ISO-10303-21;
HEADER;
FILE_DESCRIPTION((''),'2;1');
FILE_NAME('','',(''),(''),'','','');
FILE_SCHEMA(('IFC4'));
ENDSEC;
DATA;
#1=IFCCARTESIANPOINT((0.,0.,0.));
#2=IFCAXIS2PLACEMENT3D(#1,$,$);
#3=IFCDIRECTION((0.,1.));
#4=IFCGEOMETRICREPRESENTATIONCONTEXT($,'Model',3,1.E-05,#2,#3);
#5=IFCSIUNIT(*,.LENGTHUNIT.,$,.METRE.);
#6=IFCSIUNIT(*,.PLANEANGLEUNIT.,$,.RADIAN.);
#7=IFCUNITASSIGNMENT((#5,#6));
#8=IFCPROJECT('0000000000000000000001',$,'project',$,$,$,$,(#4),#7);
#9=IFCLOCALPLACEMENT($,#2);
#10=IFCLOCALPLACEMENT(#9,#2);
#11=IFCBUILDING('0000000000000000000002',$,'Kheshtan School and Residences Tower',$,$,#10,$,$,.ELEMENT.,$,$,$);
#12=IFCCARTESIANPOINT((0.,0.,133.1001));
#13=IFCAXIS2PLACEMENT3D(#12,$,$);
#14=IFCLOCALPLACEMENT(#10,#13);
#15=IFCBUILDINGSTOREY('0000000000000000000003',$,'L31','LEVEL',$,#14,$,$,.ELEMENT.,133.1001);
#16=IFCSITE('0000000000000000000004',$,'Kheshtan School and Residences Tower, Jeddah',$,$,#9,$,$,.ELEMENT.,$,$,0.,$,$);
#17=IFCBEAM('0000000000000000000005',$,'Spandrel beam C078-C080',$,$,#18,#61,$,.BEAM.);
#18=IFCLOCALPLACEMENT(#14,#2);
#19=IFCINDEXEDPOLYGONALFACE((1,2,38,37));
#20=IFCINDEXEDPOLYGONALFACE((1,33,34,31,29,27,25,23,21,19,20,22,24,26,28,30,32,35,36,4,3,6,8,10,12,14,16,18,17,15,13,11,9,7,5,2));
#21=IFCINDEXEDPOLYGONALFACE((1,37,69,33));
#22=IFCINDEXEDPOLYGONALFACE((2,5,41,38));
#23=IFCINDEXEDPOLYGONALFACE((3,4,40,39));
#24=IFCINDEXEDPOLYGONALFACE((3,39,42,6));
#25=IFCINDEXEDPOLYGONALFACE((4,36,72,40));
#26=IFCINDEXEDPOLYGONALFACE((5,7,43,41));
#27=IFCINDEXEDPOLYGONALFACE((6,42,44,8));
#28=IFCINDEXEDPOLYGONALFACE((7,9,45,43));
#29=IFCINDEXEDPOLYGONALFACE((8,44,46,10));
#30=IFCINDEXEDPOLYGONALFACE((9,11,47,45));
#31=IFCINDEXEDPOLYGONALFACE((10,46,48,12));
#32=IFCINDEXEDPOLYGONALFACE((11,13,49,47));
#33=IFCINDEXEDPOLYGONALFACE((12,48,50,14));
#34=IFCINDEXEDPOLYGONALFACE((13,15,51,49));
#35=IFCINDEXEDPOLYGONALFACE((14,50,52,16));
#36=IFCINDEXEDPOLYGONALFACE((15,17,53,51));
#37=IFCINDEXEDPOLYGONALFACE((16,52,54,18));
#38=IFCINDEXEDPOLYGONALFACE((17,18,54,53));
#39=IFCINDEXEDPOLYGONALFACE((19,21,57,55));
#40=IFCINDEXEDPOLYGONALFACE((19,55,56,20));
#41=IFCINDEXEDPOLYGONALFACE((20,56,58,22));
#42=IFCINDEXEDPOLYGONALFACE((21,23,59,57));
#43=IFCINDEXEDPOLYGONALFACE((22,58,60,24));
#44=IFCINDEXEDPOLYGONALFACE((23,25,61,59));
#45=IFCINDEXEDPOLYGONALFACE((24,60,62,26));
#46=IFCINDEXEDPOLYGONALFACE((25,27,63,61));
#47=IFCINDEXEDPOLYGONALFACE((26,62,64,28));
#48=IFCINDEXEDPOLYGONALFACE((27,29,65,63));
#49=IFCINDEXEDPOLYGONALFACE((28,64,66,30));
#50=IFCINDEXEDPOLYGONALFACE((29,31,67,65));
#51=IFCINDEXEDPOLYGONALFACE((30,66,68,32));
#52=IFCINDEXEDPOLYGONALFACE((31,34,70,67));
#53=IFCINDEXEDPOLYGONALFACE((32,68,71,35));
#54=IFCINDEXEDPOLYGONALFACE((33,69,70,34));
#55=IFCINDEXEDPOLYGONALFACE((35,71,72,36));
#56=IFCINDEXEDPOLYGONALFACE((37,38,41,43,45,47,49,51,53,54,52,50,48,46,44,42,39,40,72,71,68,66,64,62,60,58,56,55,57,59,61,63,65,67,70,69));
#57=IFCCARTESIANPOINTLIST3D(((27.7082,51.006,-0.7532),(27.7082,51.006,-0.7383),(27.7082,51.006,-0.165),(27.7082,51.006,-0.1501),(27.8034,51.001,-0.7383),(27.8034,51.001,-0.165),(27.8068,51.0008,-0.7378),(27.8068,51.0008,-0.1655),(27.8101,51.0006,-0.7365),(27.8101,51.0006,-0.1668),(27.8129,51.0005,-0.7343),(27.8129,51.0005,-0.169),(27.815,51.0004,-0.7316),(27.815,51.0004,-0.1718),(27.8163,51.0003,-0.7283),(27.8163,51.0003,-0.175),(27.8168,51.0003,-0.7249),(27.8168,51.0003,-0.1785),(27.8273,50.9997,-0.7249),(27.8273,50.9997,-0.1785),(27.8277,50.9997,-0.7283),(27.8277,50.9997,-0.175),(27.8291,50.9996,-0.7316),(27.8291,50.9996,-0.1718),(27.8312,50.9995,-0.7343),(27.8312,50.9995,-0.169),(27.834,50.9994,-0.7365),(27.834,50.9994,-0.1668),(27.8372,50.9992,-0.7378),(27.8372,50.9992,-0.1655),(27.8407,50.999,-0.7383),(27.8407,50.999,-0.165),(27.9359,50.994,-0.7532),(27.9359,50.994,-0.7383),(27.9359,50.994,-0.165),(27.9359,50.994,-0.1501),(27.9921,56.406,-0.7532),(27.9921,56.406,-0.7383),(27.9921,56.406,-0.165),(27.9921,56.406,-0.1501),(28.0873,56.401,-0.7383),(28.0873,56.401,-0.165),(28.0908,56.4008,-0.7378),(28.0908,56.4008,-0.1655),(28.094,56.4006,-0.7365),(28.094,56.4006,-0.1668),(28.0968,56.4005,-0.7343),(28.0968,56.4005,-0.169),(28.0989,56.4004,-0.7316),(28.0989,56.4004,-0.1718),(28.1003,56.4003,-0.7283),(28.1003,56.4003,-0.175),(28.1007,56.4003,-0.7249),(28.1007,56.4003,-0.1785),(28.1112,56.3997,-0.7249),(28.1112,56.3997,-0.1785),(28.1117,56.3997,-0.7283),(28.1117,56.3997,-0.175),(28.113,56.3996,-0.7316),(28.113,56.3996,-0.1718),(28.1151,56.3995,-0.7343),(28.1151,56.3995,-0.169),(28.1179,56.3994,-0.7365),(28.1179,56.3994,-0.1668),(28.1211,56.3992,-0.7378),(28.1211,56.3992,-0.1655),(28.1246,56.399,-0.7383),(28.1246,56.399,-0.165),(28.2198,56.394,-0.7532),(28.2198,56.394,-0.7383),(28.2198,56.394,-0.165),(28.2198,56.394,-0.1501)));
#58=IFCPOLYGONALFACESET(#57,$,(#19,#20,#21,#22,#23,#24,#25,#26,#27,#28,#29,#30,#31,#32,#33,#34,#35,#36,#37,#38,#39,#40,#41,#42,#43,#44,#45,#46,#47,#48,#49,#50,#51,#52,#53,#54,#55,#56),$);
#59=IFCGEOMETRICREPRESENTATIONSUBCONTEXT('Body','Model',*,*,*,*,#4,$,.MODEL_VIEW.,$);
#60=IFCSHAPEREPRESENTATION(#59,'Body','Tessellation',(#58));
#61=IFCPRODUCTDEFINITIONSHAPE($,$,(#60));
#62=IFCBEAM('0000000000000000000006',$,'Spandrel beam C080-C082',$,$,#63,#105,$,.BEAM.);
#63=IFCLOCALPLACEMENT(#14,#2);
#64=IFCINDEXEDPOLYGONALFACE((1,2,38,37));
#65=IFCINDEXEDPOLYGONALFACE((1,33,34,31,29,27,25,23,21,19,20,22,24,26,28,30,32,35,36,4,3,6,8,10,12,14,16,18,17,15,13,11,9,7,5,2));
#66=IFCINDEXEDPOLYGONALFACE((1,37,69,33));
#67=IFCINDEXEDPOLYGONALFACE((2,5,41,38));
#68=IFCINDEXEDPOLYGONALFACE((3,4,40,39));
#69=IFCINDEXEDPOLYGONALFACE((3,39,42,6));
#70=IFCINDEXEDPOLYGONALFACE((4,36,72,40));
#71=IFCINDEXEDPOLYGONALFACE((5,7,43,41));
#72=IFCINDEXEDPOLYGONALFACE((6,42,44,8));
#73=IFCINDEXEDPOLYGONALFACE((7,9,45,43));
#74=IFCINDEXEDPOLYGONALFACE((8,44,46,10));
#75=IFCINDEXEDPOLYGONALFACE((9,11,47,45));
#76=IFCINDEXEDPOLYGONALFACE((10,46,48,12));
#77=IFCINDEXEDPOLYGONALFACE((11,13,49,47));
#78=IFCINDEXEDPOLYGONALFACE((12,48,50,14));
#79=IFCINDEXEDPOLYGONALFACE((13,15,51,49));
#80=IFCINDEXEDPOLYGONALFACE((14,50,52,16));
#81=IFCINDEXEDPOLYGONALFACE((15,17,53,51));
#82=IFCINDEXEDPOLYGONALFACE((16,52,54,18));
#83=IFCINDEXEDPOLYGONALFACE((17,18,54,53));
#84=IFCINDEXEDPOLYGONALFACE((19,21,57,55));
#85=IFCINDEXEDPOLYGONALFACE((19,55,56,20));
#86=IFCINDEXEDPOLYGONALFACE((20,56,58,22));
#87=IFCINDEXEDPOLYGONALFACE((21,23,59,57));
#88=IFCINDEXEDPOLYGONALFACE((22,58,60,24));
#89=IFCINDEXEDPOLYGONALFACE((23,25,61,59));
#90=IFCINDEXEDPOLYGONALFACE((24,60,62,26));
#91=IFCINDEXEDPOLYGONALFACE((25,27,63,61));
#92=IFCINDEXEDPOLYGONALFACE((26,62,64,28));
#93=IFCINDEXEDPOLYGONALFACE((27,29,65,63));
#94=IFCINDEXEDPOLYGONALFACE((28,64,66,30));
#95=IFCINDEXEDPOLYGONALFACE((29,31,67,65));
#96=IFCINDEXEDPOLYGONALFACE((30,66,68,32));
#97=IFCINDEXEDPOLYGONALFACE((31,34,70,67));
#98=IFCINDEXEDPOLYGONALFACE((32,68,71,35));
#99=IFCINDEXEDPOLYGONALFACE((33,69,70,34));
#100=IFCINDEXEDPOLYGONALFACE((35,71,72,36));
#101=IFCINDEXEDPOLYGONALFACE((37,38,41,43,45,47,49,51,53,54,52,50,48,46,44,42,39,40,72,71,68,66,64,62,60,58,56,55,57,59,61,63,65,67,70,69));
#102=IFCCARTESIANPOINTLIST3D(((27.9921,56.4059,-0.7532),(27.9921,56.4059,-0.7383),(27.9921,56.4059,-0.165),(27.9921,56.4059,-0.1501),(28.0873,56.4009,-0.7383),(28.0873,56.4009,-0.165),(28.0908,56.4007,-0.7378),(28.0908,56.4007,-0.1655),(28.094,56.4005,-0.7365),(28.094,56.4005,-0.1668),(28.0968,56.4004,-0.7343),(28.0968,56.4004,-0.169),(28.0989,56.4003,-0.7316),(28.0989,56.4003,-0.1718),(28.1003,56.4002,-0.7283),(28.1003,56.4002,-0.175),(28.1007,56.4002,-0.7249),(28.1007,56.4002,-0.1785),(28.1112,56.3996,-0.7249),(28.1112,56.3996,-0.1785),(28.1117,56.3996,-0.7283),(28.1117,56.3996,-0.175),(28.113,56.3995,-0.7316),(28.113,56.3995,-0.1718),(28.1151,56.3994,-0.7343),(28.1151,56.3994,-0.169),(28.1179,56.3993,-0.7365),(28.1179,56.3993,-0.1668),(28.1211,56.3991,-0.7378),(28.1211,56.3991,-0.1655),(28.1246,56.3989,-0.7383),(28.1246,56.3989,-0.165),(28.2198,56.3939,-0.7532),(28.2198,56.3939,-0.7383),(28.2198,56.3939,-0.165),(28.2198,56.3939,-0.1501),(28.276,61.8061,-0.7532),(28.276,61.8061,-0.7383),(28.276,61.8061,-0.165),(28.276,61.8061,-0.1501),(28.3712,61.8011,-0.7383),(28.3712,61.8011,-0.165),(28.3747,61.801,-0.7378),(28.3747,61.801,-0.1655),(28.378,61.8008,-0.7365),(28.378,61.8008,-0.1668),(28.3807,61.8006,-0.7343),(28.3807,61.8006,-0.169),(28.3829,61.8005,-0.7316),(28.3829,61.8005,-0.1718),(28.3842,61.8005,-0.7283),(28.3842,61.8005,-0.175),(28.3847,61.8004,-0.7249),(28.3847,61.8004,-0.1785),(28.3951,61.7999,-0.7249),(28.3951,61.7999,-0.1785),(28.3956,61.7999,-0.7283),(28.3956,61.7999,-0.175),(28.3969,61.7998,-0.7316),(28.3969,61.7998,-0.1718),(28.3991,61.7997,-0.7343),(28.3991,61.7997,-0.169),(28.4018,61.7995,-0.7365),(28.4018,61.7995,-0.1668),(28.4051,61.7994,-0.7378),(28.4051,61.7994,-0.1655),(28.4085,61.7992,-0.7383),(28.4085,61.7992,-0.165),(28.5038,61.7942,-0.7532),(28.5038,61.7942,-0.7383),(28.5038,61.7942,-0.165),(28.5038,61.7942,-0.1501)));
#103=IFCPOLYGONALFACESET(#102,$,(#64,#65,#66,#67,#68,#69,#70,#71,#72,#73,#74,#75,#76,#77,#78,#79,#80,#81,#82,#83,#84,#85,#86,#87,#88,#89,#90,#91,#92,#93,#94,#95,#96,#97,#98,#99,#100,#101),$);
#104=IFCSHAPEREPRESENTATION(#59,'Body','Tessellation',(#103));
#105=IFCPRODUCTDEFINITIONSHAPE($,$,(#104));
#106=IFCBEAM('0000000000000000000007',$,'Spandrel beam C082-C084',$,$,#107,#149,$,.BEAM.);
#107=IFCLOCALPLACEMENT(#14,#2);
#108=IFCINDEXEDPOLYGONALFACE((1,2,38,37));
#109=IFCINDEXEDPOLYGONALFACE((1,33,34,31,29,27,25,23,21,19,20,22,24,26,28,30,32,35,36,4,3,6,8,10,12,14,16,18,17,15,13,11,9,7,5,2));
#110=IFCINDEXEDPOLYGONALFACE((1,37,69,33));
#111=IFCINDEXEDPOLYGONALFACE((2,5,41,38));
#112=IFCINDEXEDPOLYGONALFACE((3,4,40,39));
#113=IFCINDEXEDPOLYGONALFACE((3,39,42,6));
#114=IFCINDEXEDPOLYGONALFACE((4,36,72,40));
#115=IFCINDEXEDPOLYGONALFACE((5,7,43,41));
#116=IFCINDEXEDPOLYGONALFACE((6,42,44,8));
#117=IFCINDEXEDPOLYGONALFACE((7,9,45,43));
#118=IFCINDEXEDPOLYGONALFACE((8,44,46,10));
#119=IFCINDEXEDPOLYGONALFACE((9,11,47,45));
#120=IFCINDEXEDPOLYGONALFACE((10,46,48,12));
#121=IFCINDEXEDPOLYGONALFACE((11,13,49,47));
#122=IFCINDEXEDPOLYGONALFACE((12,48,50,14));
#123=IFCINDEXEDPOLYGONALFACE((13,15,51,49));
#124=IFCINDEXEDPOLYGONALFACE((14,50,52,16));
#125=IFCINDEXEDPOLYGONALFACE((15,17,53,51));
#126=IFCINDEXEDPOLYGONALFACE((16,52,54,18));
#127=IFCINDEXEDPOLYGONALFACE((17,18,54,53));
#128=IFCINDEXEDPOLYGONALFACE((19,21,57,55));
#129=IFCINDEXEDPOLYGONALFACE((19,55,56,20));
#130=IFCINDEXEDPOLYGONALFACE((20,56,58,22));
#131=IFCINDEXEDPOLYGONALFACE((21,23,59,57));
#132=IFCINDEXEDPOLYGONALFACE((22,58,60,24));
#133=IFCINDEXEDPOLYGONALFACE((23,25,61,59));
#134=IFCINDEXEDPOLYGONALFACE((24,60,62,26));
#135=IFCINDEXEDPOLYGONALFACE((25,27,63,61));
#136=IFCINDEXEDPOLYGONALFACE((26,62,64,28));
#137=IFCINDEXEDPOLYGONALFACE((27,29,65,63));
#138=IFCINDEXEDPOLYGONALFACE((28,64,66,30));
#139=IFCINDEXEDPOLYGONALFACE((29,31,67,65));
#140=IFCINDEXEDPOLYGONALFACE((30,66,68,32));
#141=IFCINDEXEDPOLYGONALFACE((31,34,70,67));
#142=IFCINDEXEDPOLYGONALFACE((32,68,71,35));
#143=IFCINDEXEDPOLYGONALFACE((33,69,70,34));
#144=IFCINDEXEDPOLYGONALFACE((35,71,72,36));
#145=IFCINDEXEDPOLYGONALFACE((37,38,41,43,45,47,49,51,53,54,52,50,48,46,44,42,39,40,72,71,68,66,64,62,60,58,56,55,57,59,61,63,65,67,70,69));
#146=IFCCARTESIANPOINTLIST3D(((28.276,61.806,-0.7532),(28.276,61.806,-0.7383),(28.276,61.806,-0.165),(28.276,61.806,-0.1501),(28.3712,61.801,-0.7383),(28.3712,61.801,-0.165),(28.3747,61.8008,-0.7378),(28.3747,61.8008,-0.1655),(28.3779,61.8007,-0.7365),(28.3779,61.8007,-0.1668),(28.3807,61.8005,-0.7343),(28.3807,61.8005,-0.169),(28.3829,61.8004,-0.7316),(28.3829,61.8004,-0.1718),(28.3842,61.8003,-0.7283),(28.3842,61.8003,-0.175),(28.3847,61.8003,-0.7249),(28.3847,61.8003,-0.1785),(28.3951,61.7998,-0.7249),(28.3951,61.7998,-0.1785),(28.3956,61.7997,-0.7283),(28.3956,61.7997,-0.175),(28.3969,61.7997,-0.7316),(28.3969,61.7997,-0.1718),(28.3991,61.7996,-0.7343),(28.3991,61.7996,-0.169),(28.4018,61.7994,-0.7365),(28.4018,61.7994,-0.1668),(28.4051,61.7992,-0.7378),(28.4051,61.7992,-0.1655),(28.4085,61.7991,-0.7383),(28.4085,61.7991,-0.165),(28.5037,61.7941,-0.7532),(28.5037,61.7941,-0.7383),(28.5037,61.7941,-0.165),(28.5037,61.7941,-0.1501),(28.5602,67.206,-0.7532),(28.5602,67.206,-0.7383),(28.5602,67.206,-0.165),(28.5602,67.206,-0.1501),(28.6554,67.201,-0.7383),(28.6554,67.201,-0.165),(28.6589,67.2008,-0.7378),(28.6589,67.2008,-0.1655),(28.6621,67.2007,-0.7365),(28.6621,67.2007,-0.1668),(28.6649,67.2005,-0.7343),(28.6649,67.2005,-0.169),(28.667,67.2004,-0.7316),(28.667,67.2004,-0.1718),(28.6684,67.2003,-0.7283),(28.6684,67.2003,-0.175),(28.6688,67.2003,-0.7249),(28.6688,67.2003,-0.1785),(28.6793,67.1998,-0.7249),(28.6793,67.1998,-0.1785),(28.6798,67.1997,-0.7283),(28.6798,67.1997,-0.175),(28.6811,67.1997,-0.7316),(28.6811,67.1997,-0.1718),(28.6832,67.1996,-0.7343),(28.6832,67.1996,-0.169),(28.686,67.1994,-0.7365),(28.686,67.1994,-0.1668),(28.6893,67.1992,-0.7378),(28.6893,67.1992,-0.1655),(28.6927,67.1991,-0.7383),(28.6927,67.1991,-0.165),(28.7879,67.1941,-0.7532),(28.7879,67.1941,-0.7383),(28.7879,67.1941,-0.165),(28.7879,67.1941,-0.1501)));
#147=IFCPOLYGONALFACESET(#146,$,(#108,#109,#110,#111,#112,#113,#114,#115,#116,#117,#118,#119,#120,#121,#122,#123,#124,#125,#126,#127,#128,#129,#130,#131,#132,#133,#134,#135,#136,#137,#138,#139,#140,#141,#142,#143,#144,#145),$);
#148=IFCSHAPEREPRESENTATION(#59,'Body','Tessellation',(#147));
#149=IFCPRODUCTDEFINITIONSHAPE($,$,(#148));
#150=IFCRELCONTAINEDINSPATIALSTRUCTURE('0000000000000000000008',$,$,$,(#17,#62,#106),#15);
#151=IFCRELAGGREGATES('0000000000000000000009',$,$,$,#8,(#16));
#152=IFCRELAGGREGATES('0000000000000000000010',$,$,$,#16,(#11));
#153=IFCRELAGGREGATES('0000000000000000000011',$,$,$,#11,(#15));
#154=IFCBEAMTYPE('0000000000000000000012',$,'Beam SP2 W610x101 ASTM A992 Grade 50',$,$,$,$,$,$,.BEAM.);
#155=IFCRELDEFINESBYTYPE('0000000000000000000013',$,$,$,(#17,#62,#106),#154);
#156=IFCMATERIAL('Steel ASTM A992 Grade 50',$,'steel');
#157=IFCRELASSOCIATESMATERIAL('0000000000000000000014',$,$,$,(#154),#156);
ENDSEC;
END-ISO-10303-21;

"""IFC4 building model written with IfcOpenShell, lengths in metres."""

from ifc_helpers import new_model, si_unit, direction, frame, origin, origin_2d, place, context, subcontext, project, spatial, i_section, extrude, material, material_profile, profile_set, type_object, element, save


model = new_model("IFC4")

# Units and contexts
model_context = context("Model", 3, precision=1e-05, world=origin(), true_north=direction((0.0, 1.0)))
body_context = subcontext(model_context, "Body", "Model", "MODEL_VIEW")
ifc_project = project(units=[si_unit("LENGTHUNIT", "METRE"), si_unit("PLANEANGLEUNIT", "RADIAN")], contexts=[model_context])

# Site, building, storey
site_placement = place(None, origin())
site = spatial("IfcSite", under=ifc_project, at=site_placement, Name="Kheshtan School and Residences Tower, Jeddah", CompositionType="ELEMENT", RefElevation=0.0)
building_placement = place(site_placement, origin())
building = spatial("IfcBuilding", under=site, at=building_placement, Name="Kheshtan School and Residences Tower", CompositionType="ELEMENT")
storey_placement = place(building_placement, frame((0.0, 0.0, 133.1001)))
storey = spatial("IfcBuildingStorey", under=building, at=storey_placement, Name="L31", Description="LEVEL", CompositionType="ELEMENT", Elevation=133.1001)

# Shared definitions
ifc_material_1 = material(Name="Steel ASTM A992 Grade 50", Category="steel")

# Beams
ifc_material_profile_1 = material_profile(ifc_material_1, i_section(OverallWidth=0.228, OverallDepth=0.603, WebThickness=0.0105, FlangeThickness=0.0149, FilletRadius=0.0134, at=origin_2d()), Name="W610x101")
ifc_profile_set_1 = profile_set([ifc_material_profile_1], Name="Steel ASTM A992 Grade 50")
beam_type_1 = type_object("IfcBeamType", Name="Beam SP2 W610x101 ASTM A992 Grade 50", PredefinedType="BEAM", material=ifc_profile_set_1)
beam_1_placement = place(storey_placement, frame((27.822, 51.0, -0.4517), z_axis=(0.052509, 0.99862, 0.0), x_axis=(-0.99862, 0.052509, 0.0)))
element("IfcBeam", 1, at=beam_1_placement, inside=storey, type_object=beam_type_1, Name="Spandrel beam C078-C080", PredefinedType="BEAM", context=body_context, shape_type="SweptSolid", body=[
    extrude(i_section(OverallWidth=0.228, OverallDepth=0.603, WebThickness=0.0105, FlangeThickness=0.0149, FilletRadius=0.0134, at=origin_2d()), origin(), (0.0, 0.0, 1.0), 5.4075),
])
beam_2_placement = place(storey_placement, frame((28.106, 56.3999, -0.4517), z_axis=(0.052507, 0.998621, 0.0), x_axis=(-0.998621, 0.052507, 0.0)))
element("IfcBeam", 2, at=beam_2_placement, inside=storey, type_object=beam_type_1, Name="Spandrel beam C080-C082", PredefinedType="BEAM", context=body_context, shape_type="SweptSolid", body=[
    extrude(i_section(OverallWidth=0.228, OverallDepth=0.603, WebThickness=0.0105, FlangeThickness=0.0149, FilletRadius=0.0134, at=origin_2d()), origin(), (0.0, 0.0, 1.0), 5.4077),
])
beam_3_placement = place(storey_placement, frame((28.3899, 61.8, -0.4517), z_axis=(0.052554, 0.998618, 0.0), x_axis=(-0.998618, 0.052554, 0.0)))
element("IfcBeam", 3, at=beam_3_placement, inside=storey, type_object=beam_type_1, Name="Spandrel beam C082-C084", PredefinedType="BEAM", context=body_context, shape_type="SweptSolid", body=[
    extrude(i_section(OverallWidth=0.228, OverallDepth=0.603, WebThickness=0.0105, FlangeThickness=0.0149, FilletRadius=0.0134, at=origin_2d()), origin(), (0.0, 0.0, 1.0), 5.4075),
])

save(model, "model.ifc")
